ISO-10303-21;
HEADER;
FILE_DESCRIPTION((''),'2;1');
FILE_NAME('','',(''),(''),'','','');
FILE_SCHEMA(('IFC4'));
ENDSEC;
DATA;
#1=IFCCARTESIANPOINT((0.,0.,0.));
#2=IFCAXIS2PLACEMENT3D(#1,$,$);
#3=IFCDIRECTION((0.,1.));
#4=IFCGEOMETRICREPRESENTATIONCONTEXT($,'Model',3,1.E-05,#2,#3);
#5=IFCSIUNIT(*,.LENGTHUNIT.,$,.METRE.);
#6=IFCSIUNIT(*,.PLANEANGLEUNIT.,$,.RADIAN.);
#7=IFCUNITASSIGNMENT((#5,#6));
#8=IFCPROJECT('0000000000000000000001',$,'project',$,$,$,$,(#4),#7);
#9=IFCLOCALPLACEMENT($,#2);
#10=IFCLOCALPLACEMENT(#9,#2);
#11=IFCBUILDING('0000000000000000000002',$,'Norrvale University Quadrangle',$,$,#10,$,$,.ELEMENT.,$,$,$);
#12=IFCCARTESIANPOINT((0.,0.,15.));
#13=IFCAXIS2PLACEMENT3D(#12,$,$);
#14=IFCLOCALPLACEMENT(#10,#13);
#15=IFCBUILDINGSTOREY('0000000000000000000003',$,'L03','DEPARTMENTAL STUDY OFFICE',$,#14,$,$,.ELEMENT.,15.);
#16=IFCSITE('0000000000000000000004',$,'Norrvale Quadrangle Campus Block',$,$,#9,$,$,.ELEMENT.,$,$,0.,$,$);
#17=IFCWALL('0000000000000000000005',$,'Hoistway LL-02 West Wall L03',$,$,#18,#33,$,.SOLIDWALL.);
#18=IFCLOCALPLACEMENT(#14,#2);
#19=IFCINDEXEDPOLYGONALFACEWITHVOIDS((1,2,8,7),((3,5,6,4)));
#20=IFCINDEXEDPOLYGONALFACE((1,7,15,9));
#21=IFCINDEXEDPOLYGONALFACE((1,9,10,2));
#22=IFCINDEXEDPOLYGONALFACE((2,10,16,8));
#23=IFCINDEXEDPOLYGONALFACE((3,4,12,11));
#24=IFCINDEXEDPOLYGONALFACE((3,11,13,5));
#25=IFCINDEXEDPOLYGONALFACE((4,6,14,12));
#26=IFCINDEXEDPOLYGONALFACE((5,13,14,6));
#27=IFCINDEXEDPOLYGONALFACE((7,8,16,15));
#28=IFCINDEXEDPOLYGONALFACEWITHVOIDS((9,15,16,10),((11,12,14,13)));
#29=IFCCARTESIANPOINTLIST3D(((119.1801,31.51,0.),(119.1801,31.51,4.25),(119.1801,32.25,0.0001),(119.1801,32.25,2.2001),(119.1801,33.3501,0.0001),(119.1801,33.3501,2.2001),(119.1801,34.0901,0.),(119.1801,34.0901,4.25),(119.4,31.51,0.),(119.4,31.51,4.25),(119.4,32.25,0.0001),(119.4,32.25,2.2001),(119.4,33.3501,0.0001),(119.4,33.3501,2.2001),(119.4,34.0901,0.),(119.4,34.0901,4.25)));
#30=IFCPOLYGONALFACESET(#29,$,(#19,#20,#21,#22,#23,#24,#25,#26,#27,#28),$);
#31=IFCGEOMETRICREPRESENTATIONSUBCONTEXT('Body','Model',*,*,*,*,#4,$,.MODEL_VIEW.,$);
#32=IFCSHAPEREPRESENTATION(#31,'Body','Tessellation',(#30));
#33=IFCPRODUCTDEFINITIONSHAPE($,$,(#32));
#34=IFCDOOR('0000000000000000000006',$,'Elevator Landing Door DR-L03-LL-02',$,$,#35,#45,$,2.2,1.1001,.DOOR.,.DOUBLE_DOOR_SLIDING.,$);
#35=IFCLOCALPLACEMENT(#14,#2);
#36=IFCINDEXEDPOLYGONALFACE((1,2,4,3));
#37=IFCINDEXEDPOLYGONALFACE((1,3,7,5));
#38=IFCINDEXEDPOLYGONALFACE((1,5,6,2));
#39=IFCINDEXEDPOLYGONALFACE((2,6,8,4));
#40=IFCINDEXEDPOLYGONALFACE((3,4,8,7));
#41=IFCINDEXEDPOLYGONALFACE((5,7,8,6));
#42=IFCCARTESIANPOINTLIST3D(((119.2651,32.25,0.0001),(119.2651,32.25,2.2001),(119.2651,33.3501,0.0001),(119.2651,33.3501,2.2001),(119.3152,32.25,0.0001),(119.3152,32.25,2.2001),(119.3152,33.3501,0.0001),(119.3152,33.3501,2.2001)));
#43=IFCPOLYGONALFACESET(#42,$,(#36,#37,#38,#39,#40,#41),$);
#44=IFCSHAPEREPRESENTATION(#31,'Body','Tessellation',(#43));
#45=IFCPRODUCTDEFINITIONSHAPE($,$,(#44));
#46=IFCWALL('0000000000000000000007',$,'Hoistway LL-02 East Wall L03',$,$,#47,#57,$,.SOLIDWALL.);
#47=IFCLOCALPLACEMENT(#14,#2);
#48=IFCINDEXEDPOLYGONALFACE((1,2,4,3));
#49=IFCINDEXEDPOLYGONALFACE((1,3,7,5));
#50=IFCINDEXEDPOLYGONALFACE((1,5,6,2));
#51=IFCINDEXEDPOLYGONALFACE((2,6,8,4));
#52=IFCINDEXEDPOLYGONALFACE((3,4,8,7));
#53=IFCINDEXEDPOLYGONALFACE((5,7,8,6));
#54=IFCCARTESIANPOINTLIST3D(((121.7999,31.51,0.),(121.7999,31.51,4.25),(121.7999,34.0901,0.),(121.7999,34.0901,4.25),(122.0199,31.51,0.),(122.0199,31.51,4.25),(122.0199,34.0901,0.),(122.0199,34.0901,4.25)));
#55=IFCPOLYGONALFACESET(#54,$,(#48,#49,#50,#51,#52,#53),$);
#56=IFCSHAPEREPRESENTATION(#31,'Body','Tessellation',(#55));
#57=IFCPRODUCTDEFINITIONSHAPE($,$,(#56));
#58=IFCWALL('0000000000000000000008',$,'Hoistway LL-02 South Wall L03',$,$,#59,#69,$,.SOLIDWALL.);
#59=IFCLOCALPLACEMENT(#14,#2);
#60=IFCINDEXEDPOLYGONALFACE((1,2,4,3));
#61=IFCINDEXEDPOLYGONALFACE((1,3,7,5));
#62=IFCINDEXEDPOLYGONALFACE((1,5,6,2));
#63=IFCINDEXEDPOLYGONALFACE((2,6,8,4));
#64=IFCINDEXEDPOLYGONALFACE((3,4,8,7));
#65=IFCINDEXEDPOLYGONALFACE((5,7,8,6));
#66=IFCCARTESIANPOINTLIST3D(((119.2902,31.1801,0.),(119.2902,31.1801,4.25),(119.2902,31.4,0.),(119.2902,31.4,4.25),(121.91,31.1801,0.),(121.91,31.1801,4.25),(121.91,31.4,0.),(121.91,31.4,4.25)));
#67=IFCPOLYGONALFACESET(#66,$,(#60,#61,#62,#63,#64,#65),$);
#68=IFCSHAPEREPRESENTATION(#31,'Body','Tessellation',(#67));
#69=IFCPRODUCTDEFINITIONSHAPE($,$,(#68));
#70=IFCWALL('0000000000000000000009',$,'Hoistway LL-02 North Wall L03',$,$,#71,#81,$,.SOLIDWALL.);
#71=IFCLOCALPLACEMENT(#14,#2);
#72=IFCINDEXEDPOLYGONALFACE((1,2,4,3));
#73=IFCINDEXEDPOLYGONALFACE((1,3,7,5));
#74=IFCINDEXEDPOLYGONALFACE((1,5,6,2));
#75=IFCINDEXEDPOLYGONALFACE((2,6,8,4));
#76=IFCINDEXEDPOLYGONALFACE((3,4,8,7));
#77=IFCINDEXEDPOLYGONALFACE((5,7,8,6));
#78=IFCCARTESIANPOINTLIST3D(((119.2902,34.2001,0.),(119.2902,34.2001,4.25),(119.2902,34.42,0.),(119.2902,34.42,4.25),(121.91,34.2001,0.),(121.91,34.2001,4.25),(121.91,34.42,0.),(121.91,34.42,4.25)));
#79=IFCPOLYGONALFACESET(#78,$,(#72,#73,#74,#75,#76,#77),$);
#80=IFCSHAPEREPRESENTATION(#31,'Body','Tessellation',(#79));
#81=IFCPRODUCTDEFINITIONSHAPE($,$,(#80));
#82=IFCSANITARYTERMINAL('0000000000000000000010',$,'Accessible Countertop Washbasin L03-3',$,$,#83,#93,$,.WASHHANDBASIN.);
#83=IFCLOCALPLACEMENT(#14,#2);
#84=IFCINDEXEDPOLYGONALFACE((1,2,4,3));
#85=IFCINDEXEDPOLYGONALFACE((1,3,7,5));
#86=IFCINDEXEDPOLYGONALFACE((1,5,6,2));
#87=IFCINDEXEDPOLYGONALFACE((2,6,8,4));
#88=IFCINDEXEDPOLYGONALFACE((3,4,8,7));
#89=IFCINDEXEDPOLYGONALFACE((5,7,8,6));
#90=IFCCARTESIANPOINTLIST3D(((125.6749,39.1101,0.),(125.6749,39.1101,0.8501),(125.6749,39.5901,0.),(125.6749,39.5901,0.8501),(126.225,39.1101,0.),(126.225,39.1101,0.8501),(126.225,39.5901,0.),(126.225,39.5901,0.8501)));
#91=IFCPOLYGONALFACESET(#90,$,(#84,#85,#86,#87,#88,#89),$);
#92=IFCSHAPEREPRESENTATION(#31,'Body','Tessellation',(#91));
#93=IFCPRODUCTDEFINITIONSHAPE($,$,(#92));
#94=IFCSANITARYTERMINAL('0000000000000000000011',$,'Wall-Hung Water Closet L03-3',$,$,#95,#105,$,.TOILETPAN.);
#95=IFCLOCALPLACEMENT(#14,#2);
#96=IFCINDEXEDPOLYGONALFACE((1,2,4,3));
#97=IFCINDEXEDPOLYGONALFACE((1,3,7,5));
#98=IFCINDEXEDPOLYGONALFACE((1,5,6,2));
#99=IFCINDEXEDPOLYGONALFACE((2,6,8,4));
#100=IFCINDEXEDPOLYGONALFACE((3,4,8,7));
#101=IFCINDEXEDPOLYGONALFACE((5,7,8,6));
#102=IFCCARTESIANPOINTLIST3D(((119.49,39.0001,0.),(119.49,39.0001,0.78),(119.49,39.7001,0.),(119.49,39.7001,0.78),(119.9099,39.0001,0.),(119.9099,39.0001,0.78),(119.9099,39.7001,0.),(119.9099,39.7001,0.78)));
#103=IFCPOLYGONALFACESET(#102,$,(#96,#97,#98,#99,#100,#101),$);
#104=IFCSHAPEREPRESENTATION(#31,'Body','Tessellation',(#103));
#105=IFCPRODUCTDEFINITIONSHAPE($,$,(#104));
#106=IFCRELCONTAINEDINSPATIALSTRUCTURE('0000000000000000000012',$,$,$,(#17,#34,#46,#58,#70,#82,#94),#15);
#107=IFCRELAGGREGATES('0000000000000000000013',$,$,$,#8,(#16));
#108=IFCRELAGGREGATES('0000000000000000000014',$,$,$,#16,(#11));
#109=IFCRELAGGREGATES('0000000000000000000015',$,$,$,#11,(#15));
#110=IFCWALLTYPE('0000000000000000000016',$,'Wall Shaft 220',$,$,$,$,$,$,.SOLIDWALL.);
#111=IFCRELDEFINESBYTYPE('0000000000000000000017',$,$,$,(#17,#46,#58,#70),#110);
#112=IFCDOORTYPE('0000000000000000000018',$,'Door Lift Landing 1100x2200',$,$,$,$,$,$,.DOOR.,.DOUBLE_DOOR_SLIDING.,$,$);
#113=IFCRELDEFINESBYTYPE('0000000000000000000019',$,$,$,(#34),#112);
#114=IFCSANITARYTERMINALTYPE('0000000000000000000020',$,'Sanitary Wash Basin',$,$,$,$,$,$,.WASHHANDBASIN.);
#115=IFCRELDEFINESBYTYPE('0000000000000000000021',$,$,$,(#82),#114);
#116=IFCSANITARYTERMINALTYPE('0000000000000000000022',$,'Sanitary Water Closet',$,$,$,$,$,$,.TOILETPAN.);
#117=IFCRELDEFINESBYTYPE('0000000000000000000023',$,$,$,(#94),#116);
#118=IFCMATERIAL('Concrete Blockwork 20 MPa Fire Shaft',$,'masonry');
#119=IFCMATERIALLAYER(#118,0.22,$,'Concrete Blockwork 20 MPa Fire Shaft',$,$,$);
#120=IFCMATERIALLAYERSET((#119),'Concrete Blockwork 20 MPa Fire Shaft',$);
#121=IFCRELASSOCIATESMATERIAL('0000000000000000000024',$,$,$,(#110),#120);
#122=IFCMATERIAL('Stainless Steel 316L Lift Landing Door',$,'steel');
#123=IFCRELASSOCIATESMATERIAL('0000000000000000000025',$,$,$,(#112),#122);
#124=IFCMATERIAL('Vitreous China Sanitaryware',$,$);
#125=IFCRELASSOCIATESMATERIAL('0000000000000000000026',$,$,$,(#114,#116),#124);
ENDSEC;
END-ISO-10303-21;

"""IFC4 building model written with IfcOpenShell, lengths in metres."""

from ifc_helpers import new_model, si_unit, direction, frame, frame_2d, origin, origin_2d, place, context, subcontext, project, spatial, rectangle, extrude, material, layer, layer_set, type_object, element, fill, save


model = new_model("IFC4")

# Units and contexts
model_context = context("Model", 3, precision=1e-05, world=origin(), true_north=direction((0.0, 1.0)))
body_context = subcontext(model_context, "Body", "Model", "MODEL_VIEW")
ifc_project = project(units=[si_unit("LENGTHUNIT", "METRE"), si_unit("PLANEANGLEUNIT", "RADIAN")], contexts=[model_context])

# Site, building, storey
site_placement = place(None, origin())
site = spatial("IfcSite", under=ifc_project, at=site_placement, Name="Norrvale Quadrangle Campus Block", CompositionType="ELEMENT", RefElevation=0.0)
building_placement = place(site_placement, origin())
building = spatial("IfcBuilding", under=site, at=building_placement, Name="Norrvale University Quadrangle", CompositionType="ELEMENT")
storey_placement = place(building_placement, frame((0.0, 0.0, 15.0)))
storey = spatial("IfcBuildingStorey", under=building, at=storey_placement, Name="L03", Description="DEPARTMENTAL STUDY OFFICE", CompositionType="ELEMENT", Elevation=15.0)

# Shared definitions
ifc_material_1 = material(Name="Concrete Blockwork 20 MPa Fire Shaft", Category="masonry")
ifc_layer_1 = layer(ifc_material_1, 0.22, Name="Concrete Blockwork 20 MPa Fire Shaft")
ifc_layer_set_1 = layer_set([ifc_layer_1], Name="Concrete Blockwork 20 MPa Fire Shaft")
wall_type_1 = type_object("IfcWallType", Name="Wall Shaft 220", PredefinedType="SOLIDWALL", material=ifc_layer_set_1)
ifc_material_2 = material(Name="Stainless Steel 316L Lift Landing Door", Category="steel")
door_type_1 = type_object("IfcDoorType", Name="Door Lift Landing 1100x2200", OperationType="DOUBLE_DOOR_SLIDING", PredefinedType="DOOR", material=ifc_material_2)

# Wall, opening, door
wall_1_placement = place(storey_placement, frame((119.29, 31.51, 0.0), z_axis=(0.0, 0.0, 1.0), x_axis=(0.0, 1.0, 0.0)))
wall_1 = element("IfcWall", 1, at=wall_1_placement, inside=storey, type_object=wall_type_1, Name="Hoistway LL-02 West Wall L03", PredefinedType="SOLIDWALL", context=body_context, shape_type="SweptSolid", body=[
    extrude(rectangle(XDim=2.5801, YDim=0.22, at=frame_2d((1.29, 0.0))), origin(), (0.0, 0.0, 1.0), 4.25),
])
opening_1_placement = place(wall_1_placement, frame((0.74, 0.0, 0.0)))
opening_1 = element("IfcOpeningElement", 2, at=opening_1_placement, cuts=wall_1, PredefinedType="OPENING", context=body_context, shape_type="SweptSolid", body=[
    extrude(rectangle(XDim=1.1001, YDim=2.2, at=frame_2d((0.55, 1.1001))), frame((0.0, 0.1221, 0.0), z_axis=(0.0, -1.0, 0.0), x_axis=(1.0, 0.0, 0.0)), (0.0, 0.0, 1.0), 0.2439),
])
door_1_placement = place(opening_1_placement, origin())
door_1 = element("IfcDoor", 3, at=door_1_placement, inside=storey, type_object=door_type_1, Name="Elevator Landing Door DR-L03-LL-02", OperationType="DOUBLE_DOOR_SLIDING", OverallHeight=2.2, OverallWidth=1.1001, PredefinedType="DOOR", context=body_context, shape_type="SweptSolid", body=[
    extrude(rectangle(XDim=1.1001, YDim=2.2, at=frame_2d((0.55, 1.1001))), frame((0.0, 0.0249, 0.0), z_axis=(0.0, -1.0, 0.0), x_axis=(1.0, 0.0, 0.0)), (0.0, 0.0, 1.0), 0.05),
])
fill(opening_1, door_1)

# Walls
wall_2_placement = place(storey_placement, frame((121.9099, 31.51, 0.0), z_axis=(0.0, 0.0, 1.0), x_axis=(0.0, 1.0, 0.0)))
element("IfcWall", 4, at=wall_2_placement, inside=storey, type_object=wall_type_1, Name="Hoistway LL-02 East Wall L03", PredefinedType="SOLIDWALL", context=body_context, shape_type="SweptSolid", body=[
    extrude(rectangle(XDim=2.5801, YDim=0.22, at=frame_2d((1.29, 0.0))), origin(), (0.0, 0.0, 1.0), 4.25),
])
for number, where, z_axis, x_axis, name in (
    (5, (119.29, 31.29, 0.0), (0.0, 0.0, 1.0), (1.0, 0.0, 0.0), "Hoistway LL-02 South Wall L03"),
    (6, (119.29, 34.3101, 0.0), (0.0, 0.0, 1.0), (1.0, 0.0, 0.0), "Hoistway LL-02 North Wall L03"),
):
    element("IfcWall", number, at=place(storey_placement, frame(where, z_axis=z_axis, x_axis=x_axis)), inside=storey, type_object=wall_type_1, Name=name, PredefinedType="SOLIDWALL", context=body_context, shape_type="SweptSolid", body=[
        extrude(rectangle(XDim=2.6199, YDim=0.22, at=frame_2d((1.3101, 0.0))), origin(), (0.0, 0.0, 1.0), 4.25),
    ])

# Sanitary terminals
ifc_material_3 = material(Name="Vitreous China Sanitaryware")
sanitary_terminal_type_1 = type_object("IfcSanitaryTerminalType", Name="Sanitary Wash Basin", PredefinedType="WASHHANDBASIN", material=ifc_material_3)
sanitary_terminal_1_placement = place(storey_placement, frame((125.95, 39.3501, 0.0), z_axis=(0.0, 0.0, 1.0), x_axis=(1.0, 0.0, 0.0)))
element("IfcSanitaryTerminal", 7, at=sanitary_terminal_1_placement, inside=storey, type_object=sanitary_terminal_type_1, Name="Accessible Countertop Washbasin L03-3", PredefinedType="WASHHANDBASIN", context=body_context, shape_type="SweptSolid", body=[
    extrude(rectangle(XDim=0.55, YDim=0.48, at=origin_2d()), origin(), (0.0, 0.0, 1.0), 0.8501),
])
sanitary_terminal_type_2 = type_object("IfcSanitaryTerminalType", Name="Sanitary Water Closet", PredefinedType="TOILETPAN", material=ifc_material_3)
sanitary_terminal_2_placement = place(storey_placement, frame((119.7, 39.3501, 0.0), z_axis=(0.0, 0.0, 1.0), x_axis=(1.0, 0.0, 0.0)))
element("IfcSanitaryTerminal", 8, at=sanitary_terminal_2_placement, inside=storey, type_object=sanitary_terminal_type_2, Name="Wall-Hung Water Closet L03-3", PredefinedType="TOILETPAN", context=body_context, shape_type="SweptSolid", body=[
    extrude(rectangle(XDim=0.4199, YDim=0.7, at=origin_2d()), origin(), (0.0, 0.0, 1.0), 0.78),
])

save(model, "model.ifc")
